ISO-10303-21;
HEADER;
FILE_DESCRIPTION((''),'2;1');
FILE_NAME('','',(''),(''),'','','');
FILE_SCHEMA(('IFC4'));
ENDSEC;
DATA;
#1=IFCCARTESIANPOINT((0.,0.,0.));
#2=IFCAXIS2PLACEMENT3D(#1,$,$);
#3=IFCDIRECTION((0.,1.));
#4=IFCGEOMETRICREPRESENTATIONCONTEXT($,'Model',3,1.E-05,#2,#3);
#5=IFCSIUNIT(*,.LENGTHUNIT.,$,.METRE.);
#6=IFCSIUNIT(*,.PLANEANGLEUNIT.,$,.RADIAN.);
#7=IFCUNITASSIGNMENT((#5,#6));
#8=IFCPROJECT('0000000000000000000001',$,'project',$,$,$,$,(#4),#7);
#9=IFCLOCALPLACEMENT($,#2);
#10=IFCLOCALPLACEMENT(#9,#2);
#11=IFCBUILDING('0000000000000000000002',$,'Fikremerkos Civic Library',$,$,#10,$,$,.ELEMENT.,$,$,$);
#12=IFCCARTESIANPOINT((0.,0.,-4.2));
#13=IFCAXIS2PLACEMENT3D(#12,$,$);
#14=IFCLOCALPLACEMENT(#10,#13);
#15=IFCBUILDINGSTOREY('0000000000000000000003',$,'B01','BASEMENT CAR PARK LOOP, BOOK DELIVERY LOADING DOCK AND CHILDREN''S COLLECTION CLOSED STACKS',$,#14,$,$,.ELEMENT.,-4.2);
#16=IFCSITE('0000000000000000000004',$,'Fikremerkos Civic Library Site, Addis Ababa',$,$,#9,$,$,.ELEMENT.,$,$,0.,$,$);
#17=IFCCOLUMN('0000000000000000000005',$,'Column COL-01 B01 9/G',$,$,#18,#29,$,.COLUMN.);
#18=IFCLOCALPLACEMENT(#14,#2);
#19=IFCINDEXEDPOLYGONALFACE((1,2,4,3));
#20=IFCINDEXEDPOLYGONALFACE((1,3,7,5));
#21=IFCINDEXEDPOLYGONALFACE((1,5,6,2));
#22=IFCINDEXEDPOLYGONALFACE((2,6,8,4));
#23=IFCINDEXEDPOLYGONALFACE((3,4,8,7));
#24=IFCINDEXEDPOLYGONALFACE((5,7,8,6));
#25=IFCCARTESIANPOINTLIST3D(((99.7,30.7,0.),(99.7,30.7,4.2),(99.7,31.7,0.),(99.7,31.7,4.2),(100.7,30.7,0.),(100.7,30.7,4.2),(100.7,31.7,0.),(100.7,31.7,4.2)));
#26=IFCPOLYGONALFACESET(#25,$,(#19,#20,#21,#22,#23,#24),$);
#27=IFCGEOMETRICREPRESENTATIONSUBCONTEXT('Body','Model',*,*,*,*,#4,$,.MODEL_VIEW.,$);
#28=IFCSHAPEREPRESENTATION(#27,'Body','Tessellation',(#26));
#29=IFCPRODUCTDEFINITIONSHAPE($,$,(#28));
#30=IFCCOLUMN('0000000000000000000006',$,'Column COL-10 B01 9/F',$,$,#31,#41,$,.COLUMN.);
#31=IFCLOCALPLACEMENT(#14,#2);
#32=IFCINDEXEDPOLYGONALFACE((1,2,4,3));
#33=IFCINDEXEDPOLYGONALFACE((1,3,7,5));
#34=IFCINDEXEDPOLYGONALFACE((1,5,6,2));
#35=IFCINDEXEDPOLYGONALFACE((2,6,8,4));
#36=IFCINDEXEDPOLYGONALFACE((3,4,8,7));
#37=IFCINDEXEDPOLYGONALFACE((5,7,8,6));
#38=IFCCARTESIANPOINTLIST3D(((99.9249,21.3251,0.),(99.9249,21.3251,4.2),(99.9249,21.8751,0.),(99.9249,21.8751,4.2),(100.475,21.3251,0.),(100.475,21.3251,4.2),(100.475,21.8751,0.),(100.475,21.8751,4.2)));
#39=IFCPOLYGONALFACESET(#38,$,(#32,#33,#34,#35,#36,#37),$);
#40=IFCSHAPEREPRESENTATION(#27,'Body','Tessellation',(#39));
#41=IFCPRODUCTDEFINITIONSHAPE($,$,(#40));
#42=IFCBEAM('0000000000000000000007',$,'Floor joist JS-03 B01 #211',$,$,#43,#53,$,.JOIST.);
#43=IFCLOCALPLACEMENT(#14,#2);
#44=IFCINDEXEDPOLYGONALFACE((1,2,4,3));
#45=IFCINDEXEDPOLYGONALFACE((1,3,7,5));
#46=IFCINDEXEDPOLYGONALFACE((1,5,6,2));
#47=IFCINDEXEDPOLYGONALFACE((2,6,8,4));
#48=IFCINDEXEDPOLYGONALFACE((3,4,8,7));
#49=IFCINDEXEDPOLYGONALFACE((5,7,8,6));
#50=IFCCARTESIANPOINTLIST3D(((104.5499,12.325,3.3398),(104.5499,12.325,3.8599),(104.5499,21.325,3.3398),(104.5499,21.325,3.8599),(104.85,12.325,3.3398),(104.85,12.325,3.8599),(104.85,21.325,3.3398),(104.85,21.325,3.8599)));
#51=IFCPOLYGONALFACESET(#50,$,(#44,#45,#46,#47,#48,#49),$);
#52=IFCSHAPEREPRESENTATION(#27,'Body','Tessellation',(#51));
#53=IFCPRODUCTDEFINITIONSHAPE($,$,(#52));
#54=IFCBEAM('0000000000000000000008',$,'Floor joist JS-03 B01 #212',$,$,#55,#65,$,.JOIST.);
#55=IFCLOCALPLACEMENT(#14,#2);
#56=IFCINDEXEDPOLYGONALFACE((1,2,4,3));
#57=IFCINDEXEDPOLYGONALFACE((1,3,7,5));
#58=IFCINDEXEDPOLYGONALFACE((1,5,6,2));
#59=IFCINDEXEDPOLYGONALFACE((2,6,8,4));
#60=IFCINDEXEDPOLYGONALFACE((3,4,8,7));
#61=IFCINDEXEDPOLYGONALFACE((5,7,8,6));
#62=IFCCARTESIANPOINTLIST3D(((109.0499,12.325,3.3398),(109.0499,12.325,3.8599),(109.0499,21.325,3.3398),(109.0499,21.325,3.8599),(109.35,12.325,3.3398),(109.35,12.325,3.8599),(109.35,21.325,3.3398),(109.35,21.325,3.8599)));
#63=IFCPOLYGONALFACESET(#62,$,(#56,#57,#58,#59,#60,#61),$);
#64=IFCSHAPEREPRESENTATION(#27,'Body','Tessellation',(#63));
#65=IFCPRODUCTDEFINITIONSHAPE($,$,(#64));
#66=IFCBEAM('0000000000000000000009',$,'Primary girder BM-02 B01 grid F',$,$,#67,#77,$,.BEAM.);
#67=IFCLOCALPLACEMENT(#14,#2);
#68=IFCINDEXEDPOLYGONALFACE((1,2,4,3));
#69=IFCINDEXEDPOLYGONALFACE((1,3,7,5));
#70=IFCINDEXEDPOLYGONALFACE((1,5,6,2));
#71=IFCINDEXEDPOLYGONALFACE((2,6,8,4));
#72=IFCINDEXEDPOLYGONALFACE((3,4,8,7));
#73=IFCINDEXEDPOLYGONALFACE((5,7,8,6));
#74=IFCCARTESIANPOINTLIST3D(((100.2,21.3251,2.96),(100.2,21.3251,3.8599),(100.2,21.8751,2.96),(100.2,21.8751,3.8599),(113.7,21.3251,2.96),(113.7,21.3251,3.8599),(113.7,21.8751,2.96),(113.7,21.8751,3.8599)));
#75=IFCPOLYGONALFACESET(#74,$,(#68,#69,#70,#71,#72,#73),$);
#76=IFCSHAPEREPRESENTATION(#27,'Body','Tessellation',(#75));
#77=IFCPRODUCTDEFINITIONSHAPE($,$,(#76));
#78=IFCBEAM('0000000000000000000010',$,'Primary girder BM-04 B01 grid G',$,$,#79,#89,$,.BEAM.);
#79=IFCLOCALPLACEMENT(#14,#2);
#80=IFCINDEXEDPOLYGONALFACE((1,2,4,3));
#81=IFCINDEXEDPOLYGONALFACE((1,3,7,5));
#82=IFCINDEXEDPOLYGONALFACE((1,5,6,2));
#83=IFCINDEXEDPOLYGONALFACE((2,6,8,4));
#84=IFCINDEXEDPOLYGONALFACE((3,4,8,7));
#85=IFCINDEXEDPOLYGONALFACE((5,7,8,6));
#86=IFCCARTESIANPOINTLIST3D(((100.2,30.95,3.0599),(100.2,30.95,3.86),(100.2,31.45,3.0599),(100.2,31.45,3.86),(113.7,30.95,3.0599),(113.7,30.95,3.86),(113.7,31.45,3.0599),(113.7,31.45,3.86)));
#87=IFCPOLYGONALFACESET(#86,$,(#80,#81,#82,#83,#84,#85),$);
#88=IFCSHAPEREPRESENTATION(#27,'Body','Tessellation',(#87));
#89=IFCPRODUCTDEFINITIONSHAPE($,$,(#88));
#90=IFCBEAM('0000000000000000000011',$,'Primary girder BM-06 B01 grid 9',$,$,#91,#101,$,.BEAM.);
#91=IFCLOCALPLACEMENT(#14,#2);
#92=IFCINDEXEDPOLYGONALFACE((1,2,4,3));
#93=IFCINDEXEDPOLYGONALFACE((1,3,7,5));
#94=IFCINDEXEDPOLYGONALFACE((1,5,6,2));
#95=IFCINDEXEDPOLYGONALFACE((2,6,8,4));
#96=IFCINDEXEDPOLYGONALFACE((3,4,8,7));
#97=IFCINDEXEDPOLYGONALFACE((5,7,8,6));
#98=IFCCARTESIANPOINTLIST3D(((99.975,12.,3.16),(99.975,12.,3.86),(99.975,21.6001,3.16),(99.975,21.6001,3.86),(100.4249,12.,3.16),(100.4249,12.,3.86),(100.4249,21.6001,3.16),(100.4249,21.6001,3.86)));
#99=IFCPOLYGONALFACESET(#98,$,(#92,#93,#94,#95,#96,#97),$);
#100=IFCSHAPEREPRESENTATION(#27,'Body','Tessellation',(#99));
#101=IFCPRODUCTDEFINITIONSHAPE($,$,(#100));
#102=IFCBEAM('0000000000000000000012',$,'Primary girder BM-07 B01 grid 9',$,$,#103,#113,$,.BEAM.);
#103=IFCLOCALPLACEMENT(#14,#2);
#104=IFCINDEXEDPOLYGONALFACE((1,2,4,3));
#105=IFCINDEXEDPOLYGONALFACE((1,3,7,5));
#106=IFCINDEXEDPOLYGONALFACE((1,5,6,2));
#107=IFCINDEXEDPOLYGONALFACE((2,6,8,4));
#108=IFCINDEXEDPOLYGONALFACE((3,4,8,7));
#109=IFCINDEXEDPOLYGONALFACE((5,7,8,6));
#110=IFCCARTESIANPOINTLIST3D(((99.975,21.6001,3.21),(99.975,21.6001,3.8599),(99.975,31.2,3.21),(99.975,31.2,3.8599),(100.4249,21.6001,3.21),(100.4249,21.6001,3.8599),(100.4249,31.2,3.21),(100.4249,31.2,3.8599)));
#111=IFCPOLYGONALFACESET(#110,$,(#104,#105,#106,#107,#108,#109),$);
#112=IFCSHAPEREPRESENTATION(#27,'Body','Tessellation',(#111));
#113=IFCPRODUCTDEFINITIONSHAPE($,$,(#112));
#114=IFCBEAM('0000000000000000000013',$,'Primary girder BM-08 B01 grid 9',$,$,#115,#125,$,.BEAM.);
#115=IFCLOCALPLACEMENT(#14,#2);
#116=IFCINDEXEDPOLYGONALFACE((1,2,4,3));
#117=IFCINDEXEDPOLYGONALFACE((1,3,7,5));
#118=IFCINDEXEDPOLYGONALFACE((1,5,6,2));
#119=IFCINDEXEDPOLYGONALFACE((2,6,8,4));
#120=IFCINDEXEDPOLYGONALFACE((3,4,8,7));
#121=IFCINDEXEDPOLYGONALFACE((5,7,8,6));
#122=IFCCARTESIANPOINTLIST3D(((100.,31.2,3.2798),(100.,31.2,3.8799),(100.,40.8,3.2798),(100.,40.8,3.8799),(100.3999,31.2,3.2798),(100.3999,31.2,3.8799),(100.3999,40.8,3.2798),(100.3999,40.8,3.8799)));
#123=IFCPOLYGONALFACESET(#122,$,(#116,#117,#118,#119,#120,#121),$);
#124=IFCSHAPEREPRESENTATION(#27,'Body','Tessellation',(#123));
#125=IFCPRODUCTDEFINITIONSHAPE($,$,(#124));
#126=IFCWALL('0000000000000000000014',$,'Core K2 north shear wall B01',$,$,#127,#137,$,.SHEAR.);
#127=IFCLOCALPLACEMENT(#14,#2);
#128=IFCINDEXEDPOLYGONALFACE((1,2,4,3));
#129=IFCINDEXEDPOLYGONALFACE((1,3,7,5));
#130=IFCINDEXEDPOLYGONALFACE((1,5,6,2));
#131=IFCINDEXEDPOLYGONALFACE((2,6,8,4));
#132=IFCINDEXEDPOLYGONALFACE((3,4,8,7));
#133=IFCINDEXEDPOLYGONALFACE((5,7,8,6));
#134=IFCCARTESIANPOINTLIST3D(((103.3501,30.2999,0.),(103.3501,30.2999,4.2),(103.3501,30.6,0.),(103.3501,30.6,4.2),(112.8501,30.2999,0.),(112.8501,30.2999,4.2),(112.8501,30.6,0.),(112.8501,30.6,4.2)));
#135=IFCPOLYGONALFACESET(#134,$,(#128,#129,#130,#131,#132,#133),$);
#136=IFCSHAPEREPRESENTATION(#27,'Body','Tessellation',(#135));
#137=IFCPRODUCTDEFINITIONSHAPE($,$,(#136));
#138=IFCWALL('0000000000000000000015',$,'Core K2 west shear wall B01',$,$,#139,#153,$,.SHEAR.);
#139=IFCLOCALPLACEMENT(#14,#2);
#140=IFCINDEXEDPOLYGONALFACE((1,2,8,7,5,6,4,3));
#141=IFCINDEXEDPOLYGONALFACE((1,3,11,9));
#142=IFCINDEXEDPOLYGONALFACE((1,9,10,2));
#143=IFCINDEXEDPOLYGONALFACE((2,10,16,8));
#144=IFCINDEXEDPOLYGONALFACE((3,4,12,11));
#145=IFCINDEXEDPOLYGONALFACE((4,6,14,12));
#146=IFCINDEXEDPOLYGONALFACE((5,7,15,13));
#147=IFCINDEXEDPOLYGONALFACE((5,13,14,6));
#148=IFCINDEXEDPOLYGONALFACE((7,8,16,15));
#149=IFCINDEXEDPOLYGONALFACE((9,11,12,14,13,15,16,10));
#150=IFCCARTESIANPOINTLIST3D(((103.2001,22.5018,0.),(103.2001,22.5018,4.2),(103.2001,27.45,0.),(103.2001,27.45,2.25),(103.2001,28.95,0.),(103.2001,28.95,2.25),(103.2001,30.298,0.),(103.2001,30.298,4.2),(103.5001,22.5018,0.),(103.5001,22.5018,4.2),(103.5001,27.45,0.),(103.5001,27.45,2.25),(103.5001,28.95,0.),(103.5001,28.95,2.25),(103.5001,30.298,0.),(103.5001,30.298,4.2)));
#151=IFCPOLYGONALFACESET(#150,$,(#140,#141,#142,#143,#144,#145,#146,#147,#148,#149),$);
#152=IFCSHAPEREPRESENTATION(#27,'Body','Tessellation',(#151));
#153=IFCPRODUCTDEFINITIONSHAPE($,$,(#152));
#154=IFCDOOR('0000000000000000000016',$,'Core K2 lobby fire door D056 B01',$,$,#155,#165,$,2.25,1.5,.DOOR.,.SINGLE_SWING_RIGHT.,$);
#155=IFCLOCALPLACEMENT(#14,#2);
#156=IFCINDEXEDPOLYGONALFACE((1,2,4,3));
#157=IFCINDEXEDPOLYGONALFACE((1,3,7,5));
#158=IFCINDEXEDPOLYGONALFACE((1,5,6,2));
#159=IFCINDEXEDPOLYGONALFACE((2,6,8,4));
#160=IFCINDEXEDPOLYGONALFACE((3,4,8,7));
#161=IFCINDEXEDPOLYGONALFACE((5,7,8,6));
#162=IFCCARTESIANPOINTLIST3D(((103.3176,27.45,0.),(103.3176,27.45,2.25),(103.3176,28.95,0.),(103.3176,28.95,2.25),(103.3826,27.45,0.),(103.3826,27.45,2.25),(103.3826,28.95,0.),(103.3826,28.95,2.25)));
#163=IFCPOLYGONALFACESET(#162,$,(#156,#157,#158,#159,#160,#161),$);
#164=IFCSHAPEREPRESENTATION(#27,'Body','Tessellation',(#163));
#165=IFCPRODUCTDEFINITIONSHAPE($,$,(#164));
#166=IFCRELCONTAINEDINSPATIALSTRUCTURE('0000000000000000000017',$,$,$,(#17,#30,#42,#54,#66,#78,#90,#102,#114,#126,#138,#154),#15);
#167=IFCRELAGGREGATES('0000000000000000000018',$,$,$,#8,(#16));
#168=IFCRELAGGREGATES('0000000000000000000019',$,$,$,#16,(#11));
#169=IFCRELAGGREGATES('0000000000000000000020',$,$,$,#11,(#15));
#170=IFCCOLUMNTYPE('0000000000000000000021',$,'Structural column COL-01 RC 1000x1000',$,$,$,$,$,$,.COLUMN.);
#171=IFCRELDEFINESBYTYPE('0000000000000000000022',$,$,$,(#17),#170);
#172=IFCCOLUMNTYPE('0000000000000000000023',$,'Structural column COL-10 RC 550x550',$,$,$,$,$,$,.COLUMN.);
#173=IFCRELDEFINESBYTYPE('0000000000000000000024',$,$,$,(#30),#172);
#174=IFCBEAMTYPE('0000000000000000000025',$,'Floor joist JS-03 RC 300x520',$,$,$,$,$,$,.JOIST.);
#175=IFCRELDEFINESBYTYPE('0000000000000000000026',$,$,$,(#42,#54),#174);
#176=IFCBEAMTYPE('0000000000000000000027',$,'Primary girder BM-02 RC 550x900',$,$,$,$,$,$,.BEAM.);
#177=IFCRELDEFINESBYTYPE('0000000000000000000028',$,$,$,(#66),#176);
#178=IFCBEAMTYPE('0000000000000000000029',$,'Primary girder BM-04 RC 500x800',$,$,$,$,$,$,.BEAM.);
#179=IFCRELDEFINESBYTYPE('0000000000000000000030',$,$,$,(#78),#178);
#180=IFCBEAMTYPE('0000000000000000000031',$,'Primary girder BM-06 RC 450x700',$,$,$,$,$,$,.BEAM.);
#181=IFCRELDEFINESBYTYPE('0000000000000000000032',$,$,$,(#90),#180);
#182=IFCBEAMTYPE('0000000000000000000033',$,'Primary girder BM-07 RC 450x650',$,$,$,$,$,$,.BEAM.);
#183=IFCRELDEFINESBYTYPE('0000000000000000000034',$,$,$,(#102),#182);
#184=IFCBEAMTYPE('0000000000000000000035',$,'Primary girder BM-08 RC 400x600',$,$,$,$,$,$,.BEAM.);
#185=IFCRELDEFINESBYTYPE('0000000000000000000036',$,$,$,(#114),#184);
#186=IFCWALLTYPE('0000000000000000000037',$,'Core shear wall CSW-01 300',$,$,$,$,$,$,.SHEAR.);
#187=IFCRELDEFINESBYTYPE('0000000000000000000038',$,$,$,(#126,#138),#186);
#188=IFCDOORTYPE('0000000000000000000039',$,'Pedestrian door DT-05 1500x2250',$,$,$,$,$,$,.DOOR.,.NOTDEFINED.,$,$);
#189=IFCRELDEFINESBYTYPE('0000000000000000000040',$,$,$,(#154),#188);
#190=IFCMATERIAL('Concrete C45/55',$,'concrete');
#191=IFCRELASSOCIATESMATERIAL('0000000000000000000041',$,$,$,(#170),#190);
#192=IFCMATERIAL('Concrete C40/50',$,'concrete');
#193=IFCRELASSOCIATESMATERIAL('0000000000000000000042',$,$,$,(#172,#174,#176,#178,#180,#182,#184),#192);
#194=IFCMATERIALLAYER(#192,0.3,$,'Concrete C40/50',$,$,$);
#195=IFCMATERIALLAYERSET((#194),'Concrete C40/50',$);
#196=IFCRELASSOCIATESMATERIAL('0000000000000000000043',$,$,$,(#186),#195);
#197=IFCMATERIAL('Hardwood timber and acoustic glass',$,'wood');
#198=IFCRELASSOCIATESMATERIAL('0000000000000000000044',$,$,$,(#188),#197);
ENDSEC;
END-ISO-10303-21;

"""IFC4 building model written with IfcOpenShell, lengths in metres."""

from ifc_helpers import new_model, si_unit, direction, frame, frame_2d, origin, origin_2d, place, context, subcontext, project, spatial, rectangle, extrude, material, layer, layer_set, material_profile, profile_set, type_object, element, fill, save


model = new_model("IFC4")

# Units and contexts
model_context = context("Model", 3, precision=1e-05, world=origin(), true_north=direction((0.0, 1.0)))
body_context = subcontext(model_context, "Body", "Model", "MODEL_VIEW")
ifc_project = project(units=[si_unit("LENGTHUNIT", "METRE"), si_unit("PLANEANGLEUNIT", "RADIAN")], contexts=[model_context])

# Site, building, storey
site_placement = place(None, origin())
site = spatial("IfcSite", under=ifc_project, at=site_placement, Name="Fikremerkos Civic Library Site, Addis Ababa", CompositionType="ELEMENT", RefElevation=0.0)
building_placement = place(site_placement, origin())
building = spatial("IfcBuilding", under=site, at=building_placement, Name="Fikremerkos Civic Library", CompositionType="ELEMENT")
storey_placement = place(building_placement, frame((0.0, 0.0, -4.2)))
storey = spatial("IfcBuildingStorey", under=building, at=storey_placement, Name="B01", Description="BASEMENT CAR PARK LOOP, BOOK DELIVERY LOADING DOCK AND CHILDREN'S COLLECTION CLOSED STACKS", CompositionType="ELEMENT", Elevation=-4.2)

# Columns
ifc_material_1 = material(Name="Concrete C45/55", Category="concrete")
ifc_material_profile_1 = material_profile(ifc_material_1, rectangle(XDim=1.0, YDim=1.0, at=origin_2d()), Name="RC 1000x1000")
ifc_profile_set_1 = profile_set([ifc_material_profile_1], Name="Concrete C45/55")
column_type_1 = type_object("IfcColumnType", Name="Structural column COL-01 RC 1000x1000", PredefinedType="COLUMN", material=ifc_profile_set_1)
column_1_placement = place(storey_placement, frame((100.2, 31.2, 0.0), z_axis=(0.0, 0.0, 1.0), x_axis=(1.0, 0.0, 0.0)))
element("IfcColumn", 1, at=column_1_placement, inside=storey, type_object=column_type_1, Name="Column COL-01 B01 9/G", PredefinedType="COLUMN", context=body_context, shape_type="SweptSolid", body=[
    extrude(rectangle(XDim=1.0, YDim=1.0, at=origin_2d()), origin(), (0.0, 0.0, 1.0), 4.2),
])
ifc_material_2 = material(Name="Concrete C40/50", Category="concrete")
ifc_material_profile_2 = material_profile(ifc_material_2, rectangle(XDim=0.55, YDim=0.55, at=origin_2d()), Name="RC 550x550")
ifc_profile_set_2 = profile_set([ifc_material_profile_2], Name="Concrete C40/50")
column_type_2 = type_object("IfcColumnType", Name="Structural column COL-10 RC 550x550", PredefinedType="COLUMN", material=ifc_profile_set_2)
column_2_placement = place(storey_placement, frame((100.2, 21.6001, 0.0), z_axis=(0.0, 0.0, 1.0), x_axis=(1.0, 0.0, 0.0)))
element("IfcColumn", 2, at=column_2_placement, inside=storey, type_object=column_type_2, Name="Column COL-10 B01 9/F", PredefinedType="COLUMN", context=body_context, shape_type="SweptSolid", body=[
    extrude(rectangle(XDim=0.55, YDim=0.55, at=origin_2d()), origin(), (0.0, 0.0, 1.0), 4.2),
])

# Beams
ifc_material_profile_3 = material_profile(ifc_material_2, rectangle(XDim=0.3, YDim=0.52, at=origin_2d()), Name="RC 300x520")
ifc_profile_set_3 = profile_set([ifc_material_profile_3], Name="Concrete C40/50")
beam_type_1 = type_object("IfcBeamType", Name="Floor joist JS-03 RC 300x520", PredefinedType="JOIST", material=ifc_profile_set_3)
for number, where, z_axis, x_axis, name in (
    (3, (104.7, 12.325, 3.5999), (0.0, 1.0, 0.0), (-1.0, 0.0, 0.0), "Floor joist JS-03 B01 #211"),
    (4, (109.2, 12.325, 3.5999), (0.0, 1.0, 0.0), (-1.0, 0.0, 0.0), "Floor joist JS-03 B01 #212"),
):
    element("IfcBeam", number, at=place(storey_placement, frame(where, z_axis=z_axis, x_axis=x_axis)), inside=storey, type_object=beam_type_1, Name=name, PredefinedType="JOIST", context=body_context, shape_type="SweptSolid", body=[
        extrude(rectangle(XDim=0.3, YDim=0.52, at=origin_2d()), origin(), (0.0, 0.0, 1.0), 9.0),
    ])
ifc_material_profile_4 = material_profile(ifc_material_2, rectangle(XDim=0.55, YDim=0.8999, at=origin_2d()), Name="RC 550x900")
ifc_profile_set_4 = profile_set([ifc_material_profile_4], Name="Concrete C40/50")
beam_type_2 = type_object("IfcBeamType", Name="Primary girder BM-02 RC 550x900", PredefinedType="BEAM", material=ifc_profile_set_4)
beam_1_placement = place(storey_placement, frame((100.2, 21.6001, 3.4099), z_axis=(1.0, 0.0, 0.0), x_axis=(0.0, 1.0, 0.0)))
element("IfcBeam", 5, at=beam_1_placement, inside=storey, type_object=beam_type_2, Name="Primary girder BM-02 B01 grid F", PredefinedType="BEAM", context=body_context, shape_type="SweptSolid", body=[
    extrude(rectangle(XDim=0.55, YDim=0.8999, at=origin_2d()), origin(), (0.0, 0.0, 1.0), 13.5),
])
ifc_material_profile_5 = material_profile(ifc_material_2, rectangle(XDim=0.5, YDim=0.8, at=origin_2d()), Name="RC 500x800")
ifc_profile_set_5 = profile_set([ifc_material_profile_5], Name="Concrete C40/50")
beam_type_3 = type_object("IfcBeamType", Name="Primary girder BM-04 RC 500x800", PredefinedType="BEAM", material=ifc_profile_set_5)
beam_2_placement = place(storey_placement, frame((100.2, 31.2, 3.46), z_axis=(1.0, 0.0, 0.0), x_axis=(0.0, 1.0, 0.0)))
element("IfcBeam", 6, at=beam_2_placement, inside=storey, type_object=beam_type_3, Name="Primary girder BM-04 B01 grid G", PredefinedType="BEAM", context=body_context, shape_type="SweptSolid", body=[
    extrude(rectangle(XDim=0.5, YDim=0.8, at=origin_2d()), origin(), (0.0, 0.0, 1.0), 13.5),
])
ifc_material_profile_6 = material_profile(ifc_material_2, rectangle(XDim=0.45, YDim=0.7, at=origin_2d()), Name="RC 450x700")
ifc_profile_set_6 = profile_set([ifc_material_profile_6], Name="Concrete C40/50")
beam_type_4 = type_object("IfcBeamType", Name="Primary girder BM-06 RC 450x700", PredefinedType="BEAM", material=ifc_profile_set_6)
beam_3_placement = place(storey_placement, frame((100.2, 12.0, 3.51), z_axis=(0.0, 1.0, 0.0), x_axis=(-1.0, 0.0, 0.0)))
element("IfcBeam", 7, at=beam_3_placement, inside=storey, type_object=beam_type_4, Name="Primary girder BM-06 B01 grid 9", PredefinedType="BEAM", context=body_context, shape_type="SweptSolid", body=[
    extrude(rectangle(XDim=0.45, YDim=0.7, at=origin_2d()), origin(), (0.0, 0.0, 1.0), 9.6001),
])
ifc_material_profile_7 = material_profile(ifc_material_2, rectangle(XDim=0.45, YDim=0.6499, at=origin_2d()), Name="RC 450x650")
ifc_profile_set_7 = profile_set([ifc_material_profile_7], Name="Concrete C40/50")
beam_type_5 = type_object("IfcBeamType", Name="Primary girder BM-07 RC 450x650", PredefinedType="BEAM", material=ifc_profile_set_7)
beam_4_placement = place(storey_placement, frame((100.2, 21.6001, 3.5349), z_axis=(0.0, 1.0, 0.0), x_axis=(-1.0, 0.0, 0.0)))
element("IfcBeam", 8, at=beam_4_placement, inside=storey, type_object=beam_type_5, Name="Primary girder BM-07 B01 grid 9", PredefinedType="BEAM", context=body_context, shape_type="SweptSolid", body=[
    extrude(rectangle(XDim=0.45, YDim=0.6499, at=origin_2d()), origin(), (0.0, 0.0, 1.0), 9.5999),
])
ifc_material_profile_8 = material_profile(ifc_material_2, rectangle(XDim=0.3999, YDim=0.6001, at=origin_2d()), Name="RC 400x600")
ifc_profile_set_8 = profile_set([ifc_material_profile_8], Name="Concrete C40/50")
beam_type_6 = type_object("IfcBeamType", Name="Primary girder BM-08 RC 400x600", PredefinedType="BEAM", material=ifc_profile_set_8)
beam_5_placement = place(storey_placement, frame((100.2, 31.2, 3.5798), z_axis=(0.0, 1.0, 0.0), x_axis=(-1.0, 0.0, 0.0)))
element("IfcBeam", 9, at=beam_5_placement, inside=storey, type_object=beam_type_6, Name="Primary girder BM-08 B01 grid 9", PredefinedType="BEAM", context=body_context, shape_type="SweptSolid", body=[
    extrude(rectangle(XDim=0.3999, YDim=0.6001, at=origin_2d()), origin(), (0.0, 0.0, 1.0), 9.6001),
])

# Wall
ifc_layer_1 = layer(ifc_material_2, 0.3, Name="Concrete C40/50")
ifc_layer_set_1 = layer_set([ifc_layer_1], Name="Concrete C40/50")
wall_type_1 = type_object("IfcWallType", Name="Core shear wall CSW-01 300", PredefinedType="SHEAR", material=ifc_layer_set_1)
wall_1_placement = place(storey_placement, frame((103.3501, 30.45, 0.0), z_axis=(0.0, 0.0, 1.0), x_axis=(1.0, 0.0, 0.0)))
element("IfcWall", 10, at=wall_1_placement, inside=storey, type_object=wall_type_1, Name="Core K2 north shear wall B01", PredefinedType="SHEAR", context=body_context, shape_type="SweptSolid", body=[
    extrude(rectangle(XDim=9.5, YDim=0.3, at=frame_2d((4.75, 0.0))), origin(), (0.0, 0.0, 1.0), 4.2),
])

# Wall, opening, door
wall_2_placement = place(storey_placement, frame((103.3501, 22.502, 0.0), z_axis=(0.0, 0.0, 1.0), x_axis=(0.0, 1.0, 0.0)))
wall_2 = element("IfcWall", 11, at=wall_2_placement, inside=storey, type_object=wall_type_1, Name="Core K2 west shear wall B01", PredefinedType="SHEAR", context=body_context, shape_type="SweptSolid", body=[
    extrude(rectangle(XDim=7.7961, YDim=0.3, at=frame_2d((3.8979, 0.0))), origin(), (0.0, 0.0, 1.0), 4.2),
])
opening_1_placement = place(wall_2_placement, frame((4.948, 0.0, 0.0)))
opening_1 = element("IfcOpeningElement", 12, at=opening_1_placement, cuts=wall_2, PredefinedType="OPENING", context=body_context, shape_type="SweptSolid", body=[
    extrude(rectangle(XDim=1.5, YDim=2.25, at=frame_2d((0.75, 1.125))), frame((0.0, 0.1599, 0.0), z_axis=(0.0, -1.0, 0.0), x_axis=(1.0, 0.0, 0.0)), (0.0, 0.0, 1.0), 0.3201),
])
ifc_material_3 = material(Name="Hardwood timber and acoustic glass", Category="wood")
door_type_1 = type_object("IfcDoorType", Name="Pedestrian door DT-05 1500x2250", OperationType="NOTDEFINED", PredefinedType="DOOR", material=ifc_material_3)
door_1_placement = place(opening_1_placement, origin())
door_1 = element("IfcDoor", 13, at=door_1_placement, inside=storey, type_object=door_type_1, Name="Core K2 lobby fire door D056 B01", OperationType="SINGLE_SWING_RIGHT", OverallHeight=2.25, OverallWidth=1.5, PredefinedType="DOOR", context=body_context, shape_type="SweptSolid", body=[
    extrude(rectangle(XDim=1.5, YDim=2.25, at=frame_2d((0.75, 1.125))), frame((0.0, 0.0325, 0.0), z_axis=(0.0, -1.0, 0.0), x_axis=(1.0, 0.0, 0.0)), (0.0, 0.0, 1.0), 0.0649),
])
fill(opening_1, door_1)

save(model, "model.ifc")
